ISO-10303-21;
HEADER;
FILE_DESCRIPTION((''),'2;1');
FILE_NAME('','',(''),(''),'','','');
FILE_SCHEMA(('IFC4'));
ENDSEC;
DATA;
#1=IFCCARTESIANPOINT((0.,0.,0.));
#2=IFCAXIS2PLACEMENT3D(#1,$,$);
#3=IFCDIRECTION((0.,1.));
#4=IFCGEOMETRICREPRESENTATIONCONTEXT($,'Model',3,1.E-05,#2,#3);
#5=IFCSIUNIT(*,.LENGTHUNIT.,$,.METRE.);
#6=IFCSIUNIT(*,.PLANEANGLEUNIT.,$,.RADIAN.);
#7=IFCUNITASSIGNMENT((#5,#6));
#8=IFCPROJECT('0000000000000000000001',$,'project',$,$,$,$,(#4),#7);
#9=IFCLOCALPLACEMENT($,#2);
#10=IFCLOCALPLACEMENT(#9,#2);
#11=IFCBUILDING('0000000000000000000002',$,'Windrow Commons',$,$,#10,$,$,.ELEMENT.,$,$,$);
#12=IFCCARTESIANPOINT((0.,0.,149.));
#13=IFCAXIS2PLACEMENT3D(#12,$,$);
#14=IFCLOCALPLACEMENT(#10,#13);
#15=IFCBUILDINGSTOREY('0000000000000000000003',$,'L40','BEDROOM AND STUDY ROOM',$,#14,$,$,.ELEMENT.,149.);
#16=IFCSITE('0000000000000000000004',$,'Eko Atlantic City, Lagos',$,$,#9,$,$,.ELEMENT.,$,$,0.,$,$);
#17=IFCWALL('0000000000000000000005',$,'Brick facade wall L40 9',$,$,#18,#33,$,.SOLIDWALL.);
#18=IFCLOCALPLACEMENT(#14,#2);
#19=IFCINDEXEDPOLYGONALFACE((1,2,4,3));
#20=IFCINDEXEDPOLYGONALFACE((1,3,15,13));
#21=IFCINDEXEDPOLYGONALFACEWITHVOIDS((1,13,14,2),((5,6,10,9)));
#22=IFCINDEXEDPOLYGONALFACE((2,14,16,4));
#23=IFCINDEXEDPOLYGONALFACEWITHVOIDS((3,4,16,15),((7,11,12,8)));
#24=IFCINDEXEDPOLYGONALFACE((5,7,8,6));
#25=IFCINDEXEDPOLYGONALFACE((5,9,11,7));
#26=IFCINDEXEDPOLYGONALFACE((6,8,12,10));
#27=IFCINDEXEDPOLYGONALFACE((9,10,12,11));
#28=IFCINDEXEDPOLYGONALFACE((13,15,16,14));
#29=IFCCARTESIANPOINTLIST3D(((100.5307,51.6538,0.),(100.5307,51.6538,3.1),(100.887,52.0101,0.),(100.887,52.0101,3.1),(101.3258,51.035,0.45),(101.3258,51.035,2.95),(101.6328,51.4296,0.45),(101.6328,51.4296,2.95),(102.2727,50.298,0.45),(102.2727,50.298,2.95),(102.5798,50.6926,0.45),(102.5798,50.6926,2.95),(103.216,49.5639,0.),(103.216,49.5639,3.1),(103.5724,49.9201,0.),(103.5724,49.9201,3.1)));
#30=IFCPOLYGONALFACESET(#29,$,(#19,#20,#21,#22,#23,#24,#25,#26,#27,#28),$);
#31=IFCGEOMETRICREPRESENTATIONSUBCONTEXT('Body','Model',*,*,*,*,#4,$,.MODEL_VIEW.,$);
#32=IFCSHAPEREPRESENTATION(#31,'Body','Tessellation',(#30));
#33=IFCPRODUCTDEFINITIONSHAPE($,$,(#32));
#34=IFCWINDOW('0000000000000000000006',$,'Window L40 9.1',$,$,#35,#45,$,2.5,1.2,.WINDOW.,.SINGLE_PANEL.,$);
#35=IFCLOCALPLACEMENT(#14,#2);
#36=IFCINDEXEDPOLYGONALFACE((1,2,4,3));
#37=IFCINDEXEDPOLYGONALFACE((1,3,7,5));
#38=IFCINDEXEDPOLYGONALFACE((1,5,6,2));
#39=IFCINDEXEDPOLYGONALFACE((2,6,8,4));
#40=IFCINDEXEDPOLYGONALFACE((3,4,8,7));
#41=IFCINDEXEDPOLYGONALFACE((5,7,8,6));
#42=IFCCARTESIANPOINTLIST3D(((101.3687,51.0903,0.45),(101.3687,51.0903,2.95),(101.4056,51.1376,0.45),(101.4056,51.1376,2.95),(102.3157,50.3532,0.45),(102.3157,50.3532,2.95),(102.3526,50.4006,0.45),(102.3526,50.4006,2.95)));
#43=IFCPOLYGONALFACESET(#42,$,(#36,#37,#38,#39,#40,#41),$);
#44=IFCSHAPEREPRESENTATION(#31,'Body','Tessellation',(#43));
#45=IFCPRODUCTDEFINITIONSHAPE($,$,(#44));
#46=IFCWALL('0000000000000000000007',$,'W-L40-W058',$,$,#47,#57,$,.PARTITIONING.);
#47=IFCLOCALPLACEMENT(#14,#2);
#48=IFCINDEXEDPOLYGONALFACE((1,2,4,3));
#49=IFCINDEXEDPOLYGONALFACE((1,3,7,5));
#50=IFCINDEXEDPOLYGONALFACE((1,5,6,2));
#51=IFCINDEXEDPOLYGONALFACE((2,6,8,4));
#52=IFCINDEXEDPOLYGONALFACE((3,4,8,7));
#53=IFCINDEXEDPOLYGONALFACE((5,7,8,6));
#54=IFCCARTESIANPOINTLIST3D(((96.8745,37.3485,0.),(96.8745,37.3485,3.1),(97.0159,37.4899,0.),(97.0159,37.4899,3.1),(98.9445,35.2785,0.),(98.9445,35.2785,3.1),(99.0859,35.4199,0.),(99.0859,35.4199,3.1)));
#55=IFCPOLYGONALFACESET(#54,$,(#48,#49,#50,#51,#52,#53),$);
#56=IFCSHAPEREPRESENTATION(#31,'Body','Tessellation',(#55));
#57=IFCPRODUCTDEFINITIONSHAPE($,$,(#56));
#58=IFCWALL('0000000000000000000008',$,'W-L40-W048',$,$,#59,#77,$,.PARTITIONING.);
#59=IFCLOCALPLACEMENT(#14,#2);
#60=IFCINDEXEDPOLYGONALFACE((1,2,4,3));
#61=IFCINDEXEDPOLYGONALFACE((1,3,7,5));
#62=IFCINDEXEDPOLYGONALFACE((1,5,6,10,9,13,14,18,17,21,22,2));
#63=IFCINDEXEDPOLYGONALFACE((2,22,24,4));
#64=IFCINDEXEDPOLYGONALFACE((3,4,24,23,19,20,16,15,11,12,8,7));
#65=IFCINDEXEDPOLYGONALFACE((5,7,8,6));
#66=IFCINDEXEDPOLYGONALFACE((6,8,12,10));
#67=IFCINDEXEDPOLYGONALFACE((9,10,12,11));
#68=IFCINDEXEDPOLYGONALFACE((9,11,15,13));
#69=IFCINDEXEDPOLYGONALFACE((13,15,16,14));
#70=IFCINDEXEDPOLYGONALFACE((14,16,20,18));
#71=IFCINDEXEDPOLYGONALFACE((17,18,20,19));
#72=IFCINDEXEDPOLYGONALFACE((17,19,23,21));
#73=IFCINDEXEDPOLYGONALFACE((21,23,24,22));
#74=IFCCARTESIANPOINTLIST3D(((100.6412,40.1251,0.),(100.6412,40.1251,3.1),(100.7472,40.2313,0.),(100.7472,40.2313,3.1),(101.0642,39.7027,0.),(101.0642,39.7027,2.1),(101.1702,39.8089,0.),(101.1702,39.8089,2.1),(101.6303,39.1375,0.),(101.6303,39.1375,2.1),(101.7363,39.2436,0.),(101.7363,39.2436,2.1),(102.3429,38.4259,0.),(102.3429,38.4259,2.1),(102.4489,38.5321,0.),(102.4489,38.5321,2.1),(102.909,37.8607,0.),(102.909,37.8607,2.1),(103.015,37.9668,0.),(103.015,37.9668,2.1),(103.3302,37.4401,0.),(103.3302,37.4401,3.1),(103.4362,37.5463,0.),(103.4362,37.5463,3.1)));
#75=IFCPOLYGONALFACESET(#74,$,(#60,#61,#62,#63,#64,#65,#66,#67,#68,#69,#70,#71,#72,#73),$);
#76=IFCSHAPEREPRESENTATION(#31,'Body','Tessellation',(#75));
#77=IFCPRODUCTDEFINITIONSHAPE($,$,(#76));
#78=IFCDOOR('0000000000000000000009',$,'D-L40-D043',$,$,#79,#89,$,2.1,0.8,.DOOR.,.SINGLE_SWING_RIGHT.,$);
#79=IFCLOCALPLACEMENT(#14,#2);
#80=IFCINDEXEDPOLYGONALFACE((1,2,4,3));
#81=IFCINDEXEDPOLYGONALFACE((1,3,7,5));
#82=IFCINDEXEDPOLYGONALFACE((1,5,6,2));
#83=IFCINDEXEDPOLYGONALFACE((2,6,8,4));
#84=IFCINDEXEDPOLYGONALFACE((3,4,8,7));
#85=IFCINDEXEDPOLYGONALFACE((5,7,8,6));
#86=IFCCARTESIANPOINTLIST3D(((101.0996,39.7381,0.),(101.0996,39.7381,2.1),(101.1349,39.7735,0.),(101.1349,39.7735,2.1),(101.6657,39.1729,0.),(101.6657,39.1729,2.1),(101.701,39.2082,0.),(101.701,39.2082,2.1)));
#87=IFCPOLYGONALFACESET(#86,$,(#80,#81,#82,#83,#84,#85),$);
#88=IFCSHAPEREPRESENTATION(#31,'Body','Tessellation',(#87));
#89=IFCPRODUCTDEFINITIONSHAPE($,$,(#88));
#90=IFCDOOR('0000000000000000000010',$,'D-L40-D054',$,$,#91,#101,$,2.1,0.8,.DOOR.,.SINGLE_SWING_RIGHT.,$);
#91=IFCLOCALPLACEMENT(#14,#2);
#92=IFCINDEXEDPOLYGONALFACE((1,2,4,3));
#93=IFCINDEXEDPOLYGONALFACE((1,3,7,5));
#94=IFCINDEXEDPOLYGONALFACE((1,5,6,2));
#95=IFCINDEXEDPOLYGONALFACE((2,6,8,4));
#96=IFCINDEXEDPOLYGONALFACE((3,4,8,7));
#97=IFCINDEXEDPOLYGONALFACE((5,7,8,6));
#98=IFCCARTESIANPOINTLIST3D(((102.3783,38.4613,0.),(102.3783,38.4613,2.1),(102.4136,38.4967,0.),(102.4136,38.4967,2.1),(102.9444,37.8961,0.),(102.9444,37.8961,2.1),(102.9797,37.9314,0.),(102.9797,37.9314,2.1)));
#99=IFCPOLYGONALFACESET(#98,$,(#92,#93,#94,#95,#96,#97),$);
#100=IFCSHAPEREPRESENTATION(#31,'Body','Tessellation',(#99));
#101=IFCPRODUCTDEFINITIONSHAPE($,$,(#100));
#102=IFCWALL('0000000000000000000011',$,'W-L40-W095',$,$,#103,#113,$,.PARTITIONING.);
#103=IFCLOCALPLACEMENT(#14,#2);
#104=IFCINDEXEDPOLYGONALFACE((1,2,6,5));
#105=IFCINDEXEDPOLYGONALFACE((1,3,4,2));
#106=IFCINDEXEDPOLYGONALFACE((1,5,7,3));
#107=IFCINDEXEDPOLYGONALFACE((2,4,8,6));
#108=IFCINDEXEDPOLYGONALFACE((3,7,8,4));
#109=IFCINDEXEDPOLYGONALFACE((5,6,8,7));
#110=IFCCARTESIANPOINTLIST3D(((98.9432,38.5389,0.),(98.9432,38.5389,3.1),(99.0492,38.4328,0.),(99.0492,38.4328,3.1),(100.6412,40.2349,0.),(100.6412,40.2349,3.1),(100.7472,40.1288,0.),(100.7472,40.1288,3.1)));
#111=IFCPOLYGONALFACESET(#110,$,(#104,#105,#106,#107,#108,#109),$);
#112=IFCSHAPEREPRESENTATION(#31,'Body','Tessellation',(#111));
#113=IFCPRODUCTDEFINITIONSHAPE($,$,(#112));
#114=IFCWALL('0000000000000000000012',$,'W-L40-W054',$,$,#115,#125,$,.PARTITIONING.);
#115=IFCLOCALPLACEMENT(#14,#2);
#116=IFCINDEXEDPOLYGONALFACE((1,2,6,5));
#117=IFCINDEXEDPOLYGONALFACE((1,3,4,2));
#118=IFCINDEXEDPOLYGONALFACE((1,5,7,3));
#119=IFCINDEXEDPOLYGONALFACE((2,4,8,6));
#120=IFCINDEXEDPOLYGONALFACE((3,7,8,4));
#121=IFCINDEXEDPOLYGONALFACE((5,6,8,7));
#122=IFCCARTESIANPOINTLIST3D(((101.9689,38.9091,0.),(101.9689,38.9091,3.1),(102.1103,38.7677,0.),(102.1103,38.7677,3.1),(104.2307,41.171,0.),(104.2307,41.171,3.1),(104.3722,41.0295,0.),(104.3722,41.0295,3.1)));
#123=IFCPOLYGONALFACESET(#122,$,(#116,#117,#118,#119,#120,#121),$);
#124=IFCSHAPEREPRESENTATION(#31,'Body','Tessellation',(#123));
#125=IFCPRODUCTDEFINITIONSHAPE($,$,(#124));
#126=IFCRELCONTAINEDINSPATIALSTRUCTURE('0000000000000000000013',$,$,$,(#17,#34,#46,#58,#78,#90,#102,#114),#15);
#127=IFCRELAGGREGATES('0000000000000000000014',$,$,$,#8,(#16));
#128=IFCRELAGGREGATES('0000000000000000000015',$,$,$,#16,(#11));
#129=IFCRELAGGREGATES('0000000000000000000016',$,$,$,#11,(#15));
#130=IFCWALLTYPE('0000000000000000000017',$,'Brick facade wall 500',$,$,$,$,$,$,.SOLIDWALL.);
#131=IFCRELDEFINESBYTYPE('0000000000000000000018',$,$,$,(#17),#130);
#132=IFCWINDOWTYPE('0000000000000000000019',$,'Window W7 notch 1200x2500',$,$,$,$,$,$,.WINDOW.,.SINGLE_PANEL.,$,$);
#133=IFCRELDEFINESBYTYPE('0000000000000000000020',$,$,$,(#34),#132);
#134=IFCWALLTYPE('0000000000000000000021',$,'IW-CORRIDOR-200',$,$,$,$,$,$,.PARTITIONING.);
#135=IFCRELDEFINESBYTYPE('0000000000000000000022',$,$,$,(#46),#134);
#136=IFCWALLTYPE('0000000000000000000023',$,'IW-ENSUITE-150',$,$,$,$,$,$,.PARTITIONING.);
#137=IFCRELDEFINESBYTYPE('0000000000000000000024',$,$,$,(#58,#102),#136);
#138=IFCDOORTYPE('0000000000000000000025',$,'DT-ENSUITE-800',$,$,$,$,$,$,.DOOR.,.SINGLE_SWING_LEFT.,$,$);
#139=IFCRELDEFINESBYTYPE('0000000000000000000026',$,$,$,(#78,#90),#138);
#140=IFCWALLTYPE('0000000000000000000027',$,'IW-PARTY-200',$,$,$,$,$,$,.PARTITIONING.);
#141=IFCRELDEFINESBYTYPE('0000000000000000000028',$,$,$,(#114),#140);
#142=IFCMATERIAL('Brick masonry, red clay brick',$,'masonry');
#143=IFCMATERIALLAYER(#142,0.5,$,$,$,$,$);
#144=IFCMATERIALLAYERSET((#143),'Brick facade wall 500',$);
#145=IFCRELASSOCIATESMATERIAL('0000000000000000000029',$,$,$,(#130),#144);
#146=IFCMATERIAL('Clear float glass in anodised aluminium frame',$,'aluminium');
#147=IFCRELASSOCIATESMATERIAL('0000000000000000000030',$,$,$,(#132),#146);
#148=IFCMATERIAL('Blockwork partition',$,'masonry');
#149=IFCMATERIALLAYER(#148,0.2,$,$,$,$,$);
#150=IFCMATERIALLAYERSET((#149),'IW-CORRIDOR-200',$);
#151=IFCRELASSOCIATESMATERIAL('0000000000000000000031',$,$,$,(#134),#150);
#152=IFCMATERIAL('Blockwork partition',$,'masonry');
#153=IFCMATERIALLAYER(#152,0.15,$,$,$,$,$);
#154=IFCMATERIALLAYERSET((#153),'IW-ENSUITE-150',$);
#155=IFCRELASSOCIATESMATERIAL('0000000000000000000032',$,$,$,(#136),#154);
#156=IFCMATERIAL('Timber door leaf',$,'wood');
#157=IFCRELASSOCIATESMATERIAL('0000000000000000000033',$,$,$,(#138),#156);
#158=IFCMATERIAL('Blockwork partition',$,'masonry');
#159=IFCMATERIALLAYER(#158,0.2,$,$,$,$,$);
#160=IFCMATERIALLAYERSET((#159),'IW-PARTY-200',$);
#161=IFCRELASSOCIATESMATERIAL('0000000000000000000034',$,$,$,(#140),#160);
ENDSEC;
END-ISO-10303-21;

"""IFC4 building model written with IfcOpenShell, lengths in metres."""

from ifc_helpers import new_model, si_unit, direction, frame, frame_2d, origin, place, context, subcontext, project, spatial, polyline, rectangle, outline, extrude, material, layer, layer_set, type_object, element, fill, save


model = new_model("IFC4")

# Units and contexts
model_context = context("Model", 3, precision=1e-05, world=origin(), true_north=direction((0.0, 1.0)))
body_context = subcontext(model_context, "Body", "Model", "MODEL_VIEW")
ifc_project = project(units=[si_unit("LENGTHUNIT", "METRE"), si_unit("PLANEANGLEUNIT", "RADIAN")], contexts=[model_context])

# Site, building, storey
site_placement = place(None, origin())
site = spatial("IfcSite", under=ifc_project, at=site_placement, Name="Eko Atlantic City, Lagos", CompositionType="ELEMENT", RefElevation=0.0)
building_placement = place(site_placement, origin())
building = spatial("IfcBuilding", under=site, at=building_placement, Name="Windrow Commons", CompositionType="ELEMENT")
storey_placement = place(building_placement, frame((0.0, 0.0, 149.0)))
storey = spatial("IfcBuildingStorey", under=building, at=storey_placement, Name="L40", Description="BEDROOM AND STUDY ROOM", CompositionType="ELEMENT", Elevation=149.0)

# Wall, opening, window
ifc_material_1 = material(Name="Brick masonry, red clay brick", Category="masonry")
ifc_layer_1 = layer(ifc_material_1, 0.5)
ifc_layer_set_1 = layer_set([ifc_layer_1], Name="Brick facade wall 500")
wall_type_1 = type_object("IfcWallType", Name="Brick facade wall 500", PredefinedType="SOLIDWALL", material=ifc_layer_set_1)
ifc_material_2 = material(Name="Clear float glass in anodised aluminium frame", Category="aluminium")
window_type_1 = type_object("IfcWindowType", Name="Window W7 notch 1200x2500", PartitioningType="SINGLE_PANEL", PredefinedType="WINDOW", material=ifc_material_2)
wall_1_placement = place(storey_placement, frame((103.3942, 49.742, 0.0), z_axis=(0.0, 0.0, 1.0), x_axis=(-0.789162, 0.614185, 0.0)))
wall_1 = element("IfcWall", 1, at=wall_1_placement, inside=storey, type_object=wall_type_1, Name="Brick facade wall L40 9", PredefinedType="SOLIDWALL", context=body_context, shape_type="SweptSolid", body=[
    extrude(outline(polyline([(-0.0312, -0.25), (3.3716, -0.25), (3.434, 0.25), (0.0312, 0.25), (-0.0312, -0.25)])), origin(), (0.0, 0.0, 1.0), 3.1),
])
opening_1_placement = place(wall_1_placement, frame((1.2265, 0.0, 0.45)))
opening_1 = element("IfcOpeningElement", 2, at=opening_1_placement, cuts=wall_1, PredefinedType="OPENING", context=body_context, shape_type="SweptSolid", body=[
    extrude(rectangle(XDim=1.2, YDim=2.5, at=frame_2d((0.6, 1.25))), frame((0.0, 0.26, 0.0), z_axis=(0.0, -1.0, 0.0), x_axis=(1.0, 0.0, 0.0)), (0.0, 0.0, 1.0), 0.52),
])
window_1_placement = place(opening_1_placement, origin())
window_1 = element("IfcWindow", 3, at=window_1_placement, inside=storey, type_object=window_type_1, Name="Window L40 9.1", OverallHeight=2.5, OverallWidth=1.2, PartitioningType="SINGLE_PANEL", PredefinedType="WINDOW", context=body_context, shape_type="SweptSolid", body=[
    extrude(rectangle(XDim=1.2, YDim=2.5, at=frame_2d((0.6, 1.25))), frame((0.0, 0.18, 0.0), z_axis=(0.0, -1.0, 0.0), x_axis=(1.0, 0.0, 0.0)), (0.0, 0.0, 1.0), 0.06),
])
fill(opening_1, window_1)

# Wall
ifc_material_3 = material(Name="Blockwork partition", Category="masonry")
ifc_layer_2 = layer(ifc_material_3, 0.2)
ifc_layer_set_2 = layer_set([ifc_layer_2], Name="IW-CORRIDOR-200")
wall_type_2 = type_object("IfcWallType", Name="IW-CORRIDOR-200", PredefinedType="PARTITIONING", material=ifc_layer_set_2)
wall_2_placement = place(storey_placement, frame((96.9452, 37.4192, 0.0), z_axis=(0.0, 0.0, 1.0), x_axis=(0.707107, -0.707107, 0.0)))
element("IfcWall", 4, at=wall_2_placement, inside=storey, type_object=wall_type_2, Name="W-L40-W058", PredefinedType="PARTITIONING", context=body_context, shape_type="SweptSolid", body=[
    extrude(rectangle(XDim=2.9274, YDim=0.2, at=frame_2d((1.4637, 0.0))), origin(), (0.0, 0.0, 1.0), 3.1),
])

# Wall, openings, doors
ifc_material_4 = material(Name="Blockwork partition", Category="masonry")
ifc_layer_3 = layer(ifc_material_4, 0.15)
ifc_layer_set_3 = layer_set([ifc_layer_3], Name="IW-ENSUITE-150")
wall_type_3 = type_object("IfcWallType", Name="IW-ENSUITE-150", PredefinedType="PARTITIONING", material=ifc_layer_set_3)
wall_3_placement = place(storey_placement, frame((100.6942, 40.1782, 0.0), z_axis=(0.0, 0.0, 1.0), x_axis=(0.707633, -0.70658, 0.0)))
wall_3 = element("IfcWall", 5, at=wall_3_placement, inside=storey, type_object=wall_type_3, Name="W-L40-W048", PredefinedType="PARTITIONING", context=body_context, shape_type="SweptSolid", body=[
    extrude(rectangle(XDim=3.8, YDim=0.15, at=frame_2d((1.9, 0.0))), origin(), (0.0, 0.0, 1.0), 3.1),
])
opening_2_placement = place(wall_3_placement, frame((0.5978, 0.0, 0.0)))
opening_2 = element("IfcOpeningElement", 6, at=opening_2_placement, cuts=wall_3, PredefinedType="OPENING", context=body_context, shape_type="SweptSolid", body=[
    extrude(rectangle(XDim=0.8, YDim=2.1, at=frame_2d((0.4, 1.05))), frame((0.0, 0.085, 0.0), z_axis=(0.0, -1.0, 0.0), x_axis=(1.0, 0.0, 0.0)), (0.0, 0.0, 1.0), 0.17),
])
opening_3_placement = place(wall_3_placement, frame((2.4048, 0.0, 0.0)))
opening_3 = element("IfcOpeningElement", 7, at=opening_3_placement, cuts=wall_3, PredefinedType="OPENING", context=body_context, shape_type="SweptSolid", body=[
    extrude(rectangle(XDim=0.8, YDim=2.1, at=frame_2d((0.4, 1.05))), frame((0.0, 0.085, 0.0), z_axis=(0.0, -1.0, 0.0), x_axis=(1.0, 0.0, 0.0)), (0.0, 0.0, 1.0), 0.17),
])
ifc_material_5 = material(Name="Timber door leaf", Category="wood")
door_type = type_object("IfcDoorType", Name="DT-ENSUITE-800", OperationType="SINGLE_SWING_LEFT", PredefinedType="DOOR", material=ifc_material_5)
door_1_placement = place(opening_2_placement, origin())
door_1 = element("IfcDoor", 8, at=door_1_placement, inside=storey, type_object=door_type, Name="D-L40-D043", OperationType="SINGLE_SWING_RIGHT", OverallHeight=2.1, OverallWidth=0.8, PredefinedType="DOOR", context=body_context, shape_type="SweptSolid", body=[
    extrude(rectangle(XDim=0.8, YDim=2.1, at=frame_2d((0.4, 1.05))), frame((0.0, 0.025, 0.0), z_axis=(0.0, -1.0, 0.0), x_axis=(1.0, 0.0, 0.0)), (0.0, 0.0, 1.0), 0.05),
])
fill(opening_2, door_1)
door_2_placement = place(opening_3_placement, origin())
door_2 = element("IfcDoor", 9, at=door_2_placement, inside=storey, type_object=door_type, Name="D-L40-D054", OperationType="SINGLE_SWING_RIGHT", OverallHeight=2.1, OverallWidth=0.8, PredefinedType="DOOR", context=body_context, shape_type="SweptSolid", body=[
    extrude(rectangle(XDim=0.8, YDim=2.1, at=frame_2d((0.4, 1.05))), frame((0.0, 0.025, 0.0), z_axis=(0.0, -1.0, 0.0), x_axis=(1.0, 0.0, 0.0)), (0.0, 0.0, 1.0), 0.05),
])
fill(opening_3, door_2)

# Walls
wall_4_placement = place(storey_placement, frame((98.9962, 38.4858, 0.0), z_axis=(0.0, 0.0, 1.0), x_axis=(0.707523, 0.70669, 0.0)))
element("IfcWall", 10, at=wall_4_placement, inside=storey, type_object=wall_type_3, Name="W-L40-W095", PredefinedType="PARTITIONING", context=body_context, shape_type="SweptSolid", body=[
    extrude(rectangle(XDim=2.3999, YDim=0.15, at=frame_2d((1.2, 0.0))), origin(), (0.0, 0.0, 1.0), 3.1),
])
ifc_material_6 = material(Name="Blockwork partition", Category="masonry")
ifc_layer_4 = layer(ifc_material_6, 0.2)
ifc_layer_set_4 = layer_set([ifc_layer_4], Name="IW-PARTY-200")
wall_type_4 = type_object("IfcWallType", Name="IW-PARTY-200", PredefinedType="PARTITIONING", material=ifc_layer_set_4)
wall_5_placement = place(storey_placement, frame((102.0396, 38.8384, 0.0), z_axis=(0.0, 0.0, 1.0), x_axis=(0.707107, 0.707107, 0.0)))
element("IfcWall", 11, at=wall_5_placement, inside=storey, type_object=wall_type_4, Name="W-L40-W054", PredefinedType="PARTITIONING", context=body_context, shape_type="SweptSolid", body=[
    extrude(rectangle(XDim=3.1987, YDim=0.2, at=frame_2d((1.5994, 0.0))), origin(), (0.0, 0.0, 1.0), 3.1),
])

save(model, "model.ifc")
